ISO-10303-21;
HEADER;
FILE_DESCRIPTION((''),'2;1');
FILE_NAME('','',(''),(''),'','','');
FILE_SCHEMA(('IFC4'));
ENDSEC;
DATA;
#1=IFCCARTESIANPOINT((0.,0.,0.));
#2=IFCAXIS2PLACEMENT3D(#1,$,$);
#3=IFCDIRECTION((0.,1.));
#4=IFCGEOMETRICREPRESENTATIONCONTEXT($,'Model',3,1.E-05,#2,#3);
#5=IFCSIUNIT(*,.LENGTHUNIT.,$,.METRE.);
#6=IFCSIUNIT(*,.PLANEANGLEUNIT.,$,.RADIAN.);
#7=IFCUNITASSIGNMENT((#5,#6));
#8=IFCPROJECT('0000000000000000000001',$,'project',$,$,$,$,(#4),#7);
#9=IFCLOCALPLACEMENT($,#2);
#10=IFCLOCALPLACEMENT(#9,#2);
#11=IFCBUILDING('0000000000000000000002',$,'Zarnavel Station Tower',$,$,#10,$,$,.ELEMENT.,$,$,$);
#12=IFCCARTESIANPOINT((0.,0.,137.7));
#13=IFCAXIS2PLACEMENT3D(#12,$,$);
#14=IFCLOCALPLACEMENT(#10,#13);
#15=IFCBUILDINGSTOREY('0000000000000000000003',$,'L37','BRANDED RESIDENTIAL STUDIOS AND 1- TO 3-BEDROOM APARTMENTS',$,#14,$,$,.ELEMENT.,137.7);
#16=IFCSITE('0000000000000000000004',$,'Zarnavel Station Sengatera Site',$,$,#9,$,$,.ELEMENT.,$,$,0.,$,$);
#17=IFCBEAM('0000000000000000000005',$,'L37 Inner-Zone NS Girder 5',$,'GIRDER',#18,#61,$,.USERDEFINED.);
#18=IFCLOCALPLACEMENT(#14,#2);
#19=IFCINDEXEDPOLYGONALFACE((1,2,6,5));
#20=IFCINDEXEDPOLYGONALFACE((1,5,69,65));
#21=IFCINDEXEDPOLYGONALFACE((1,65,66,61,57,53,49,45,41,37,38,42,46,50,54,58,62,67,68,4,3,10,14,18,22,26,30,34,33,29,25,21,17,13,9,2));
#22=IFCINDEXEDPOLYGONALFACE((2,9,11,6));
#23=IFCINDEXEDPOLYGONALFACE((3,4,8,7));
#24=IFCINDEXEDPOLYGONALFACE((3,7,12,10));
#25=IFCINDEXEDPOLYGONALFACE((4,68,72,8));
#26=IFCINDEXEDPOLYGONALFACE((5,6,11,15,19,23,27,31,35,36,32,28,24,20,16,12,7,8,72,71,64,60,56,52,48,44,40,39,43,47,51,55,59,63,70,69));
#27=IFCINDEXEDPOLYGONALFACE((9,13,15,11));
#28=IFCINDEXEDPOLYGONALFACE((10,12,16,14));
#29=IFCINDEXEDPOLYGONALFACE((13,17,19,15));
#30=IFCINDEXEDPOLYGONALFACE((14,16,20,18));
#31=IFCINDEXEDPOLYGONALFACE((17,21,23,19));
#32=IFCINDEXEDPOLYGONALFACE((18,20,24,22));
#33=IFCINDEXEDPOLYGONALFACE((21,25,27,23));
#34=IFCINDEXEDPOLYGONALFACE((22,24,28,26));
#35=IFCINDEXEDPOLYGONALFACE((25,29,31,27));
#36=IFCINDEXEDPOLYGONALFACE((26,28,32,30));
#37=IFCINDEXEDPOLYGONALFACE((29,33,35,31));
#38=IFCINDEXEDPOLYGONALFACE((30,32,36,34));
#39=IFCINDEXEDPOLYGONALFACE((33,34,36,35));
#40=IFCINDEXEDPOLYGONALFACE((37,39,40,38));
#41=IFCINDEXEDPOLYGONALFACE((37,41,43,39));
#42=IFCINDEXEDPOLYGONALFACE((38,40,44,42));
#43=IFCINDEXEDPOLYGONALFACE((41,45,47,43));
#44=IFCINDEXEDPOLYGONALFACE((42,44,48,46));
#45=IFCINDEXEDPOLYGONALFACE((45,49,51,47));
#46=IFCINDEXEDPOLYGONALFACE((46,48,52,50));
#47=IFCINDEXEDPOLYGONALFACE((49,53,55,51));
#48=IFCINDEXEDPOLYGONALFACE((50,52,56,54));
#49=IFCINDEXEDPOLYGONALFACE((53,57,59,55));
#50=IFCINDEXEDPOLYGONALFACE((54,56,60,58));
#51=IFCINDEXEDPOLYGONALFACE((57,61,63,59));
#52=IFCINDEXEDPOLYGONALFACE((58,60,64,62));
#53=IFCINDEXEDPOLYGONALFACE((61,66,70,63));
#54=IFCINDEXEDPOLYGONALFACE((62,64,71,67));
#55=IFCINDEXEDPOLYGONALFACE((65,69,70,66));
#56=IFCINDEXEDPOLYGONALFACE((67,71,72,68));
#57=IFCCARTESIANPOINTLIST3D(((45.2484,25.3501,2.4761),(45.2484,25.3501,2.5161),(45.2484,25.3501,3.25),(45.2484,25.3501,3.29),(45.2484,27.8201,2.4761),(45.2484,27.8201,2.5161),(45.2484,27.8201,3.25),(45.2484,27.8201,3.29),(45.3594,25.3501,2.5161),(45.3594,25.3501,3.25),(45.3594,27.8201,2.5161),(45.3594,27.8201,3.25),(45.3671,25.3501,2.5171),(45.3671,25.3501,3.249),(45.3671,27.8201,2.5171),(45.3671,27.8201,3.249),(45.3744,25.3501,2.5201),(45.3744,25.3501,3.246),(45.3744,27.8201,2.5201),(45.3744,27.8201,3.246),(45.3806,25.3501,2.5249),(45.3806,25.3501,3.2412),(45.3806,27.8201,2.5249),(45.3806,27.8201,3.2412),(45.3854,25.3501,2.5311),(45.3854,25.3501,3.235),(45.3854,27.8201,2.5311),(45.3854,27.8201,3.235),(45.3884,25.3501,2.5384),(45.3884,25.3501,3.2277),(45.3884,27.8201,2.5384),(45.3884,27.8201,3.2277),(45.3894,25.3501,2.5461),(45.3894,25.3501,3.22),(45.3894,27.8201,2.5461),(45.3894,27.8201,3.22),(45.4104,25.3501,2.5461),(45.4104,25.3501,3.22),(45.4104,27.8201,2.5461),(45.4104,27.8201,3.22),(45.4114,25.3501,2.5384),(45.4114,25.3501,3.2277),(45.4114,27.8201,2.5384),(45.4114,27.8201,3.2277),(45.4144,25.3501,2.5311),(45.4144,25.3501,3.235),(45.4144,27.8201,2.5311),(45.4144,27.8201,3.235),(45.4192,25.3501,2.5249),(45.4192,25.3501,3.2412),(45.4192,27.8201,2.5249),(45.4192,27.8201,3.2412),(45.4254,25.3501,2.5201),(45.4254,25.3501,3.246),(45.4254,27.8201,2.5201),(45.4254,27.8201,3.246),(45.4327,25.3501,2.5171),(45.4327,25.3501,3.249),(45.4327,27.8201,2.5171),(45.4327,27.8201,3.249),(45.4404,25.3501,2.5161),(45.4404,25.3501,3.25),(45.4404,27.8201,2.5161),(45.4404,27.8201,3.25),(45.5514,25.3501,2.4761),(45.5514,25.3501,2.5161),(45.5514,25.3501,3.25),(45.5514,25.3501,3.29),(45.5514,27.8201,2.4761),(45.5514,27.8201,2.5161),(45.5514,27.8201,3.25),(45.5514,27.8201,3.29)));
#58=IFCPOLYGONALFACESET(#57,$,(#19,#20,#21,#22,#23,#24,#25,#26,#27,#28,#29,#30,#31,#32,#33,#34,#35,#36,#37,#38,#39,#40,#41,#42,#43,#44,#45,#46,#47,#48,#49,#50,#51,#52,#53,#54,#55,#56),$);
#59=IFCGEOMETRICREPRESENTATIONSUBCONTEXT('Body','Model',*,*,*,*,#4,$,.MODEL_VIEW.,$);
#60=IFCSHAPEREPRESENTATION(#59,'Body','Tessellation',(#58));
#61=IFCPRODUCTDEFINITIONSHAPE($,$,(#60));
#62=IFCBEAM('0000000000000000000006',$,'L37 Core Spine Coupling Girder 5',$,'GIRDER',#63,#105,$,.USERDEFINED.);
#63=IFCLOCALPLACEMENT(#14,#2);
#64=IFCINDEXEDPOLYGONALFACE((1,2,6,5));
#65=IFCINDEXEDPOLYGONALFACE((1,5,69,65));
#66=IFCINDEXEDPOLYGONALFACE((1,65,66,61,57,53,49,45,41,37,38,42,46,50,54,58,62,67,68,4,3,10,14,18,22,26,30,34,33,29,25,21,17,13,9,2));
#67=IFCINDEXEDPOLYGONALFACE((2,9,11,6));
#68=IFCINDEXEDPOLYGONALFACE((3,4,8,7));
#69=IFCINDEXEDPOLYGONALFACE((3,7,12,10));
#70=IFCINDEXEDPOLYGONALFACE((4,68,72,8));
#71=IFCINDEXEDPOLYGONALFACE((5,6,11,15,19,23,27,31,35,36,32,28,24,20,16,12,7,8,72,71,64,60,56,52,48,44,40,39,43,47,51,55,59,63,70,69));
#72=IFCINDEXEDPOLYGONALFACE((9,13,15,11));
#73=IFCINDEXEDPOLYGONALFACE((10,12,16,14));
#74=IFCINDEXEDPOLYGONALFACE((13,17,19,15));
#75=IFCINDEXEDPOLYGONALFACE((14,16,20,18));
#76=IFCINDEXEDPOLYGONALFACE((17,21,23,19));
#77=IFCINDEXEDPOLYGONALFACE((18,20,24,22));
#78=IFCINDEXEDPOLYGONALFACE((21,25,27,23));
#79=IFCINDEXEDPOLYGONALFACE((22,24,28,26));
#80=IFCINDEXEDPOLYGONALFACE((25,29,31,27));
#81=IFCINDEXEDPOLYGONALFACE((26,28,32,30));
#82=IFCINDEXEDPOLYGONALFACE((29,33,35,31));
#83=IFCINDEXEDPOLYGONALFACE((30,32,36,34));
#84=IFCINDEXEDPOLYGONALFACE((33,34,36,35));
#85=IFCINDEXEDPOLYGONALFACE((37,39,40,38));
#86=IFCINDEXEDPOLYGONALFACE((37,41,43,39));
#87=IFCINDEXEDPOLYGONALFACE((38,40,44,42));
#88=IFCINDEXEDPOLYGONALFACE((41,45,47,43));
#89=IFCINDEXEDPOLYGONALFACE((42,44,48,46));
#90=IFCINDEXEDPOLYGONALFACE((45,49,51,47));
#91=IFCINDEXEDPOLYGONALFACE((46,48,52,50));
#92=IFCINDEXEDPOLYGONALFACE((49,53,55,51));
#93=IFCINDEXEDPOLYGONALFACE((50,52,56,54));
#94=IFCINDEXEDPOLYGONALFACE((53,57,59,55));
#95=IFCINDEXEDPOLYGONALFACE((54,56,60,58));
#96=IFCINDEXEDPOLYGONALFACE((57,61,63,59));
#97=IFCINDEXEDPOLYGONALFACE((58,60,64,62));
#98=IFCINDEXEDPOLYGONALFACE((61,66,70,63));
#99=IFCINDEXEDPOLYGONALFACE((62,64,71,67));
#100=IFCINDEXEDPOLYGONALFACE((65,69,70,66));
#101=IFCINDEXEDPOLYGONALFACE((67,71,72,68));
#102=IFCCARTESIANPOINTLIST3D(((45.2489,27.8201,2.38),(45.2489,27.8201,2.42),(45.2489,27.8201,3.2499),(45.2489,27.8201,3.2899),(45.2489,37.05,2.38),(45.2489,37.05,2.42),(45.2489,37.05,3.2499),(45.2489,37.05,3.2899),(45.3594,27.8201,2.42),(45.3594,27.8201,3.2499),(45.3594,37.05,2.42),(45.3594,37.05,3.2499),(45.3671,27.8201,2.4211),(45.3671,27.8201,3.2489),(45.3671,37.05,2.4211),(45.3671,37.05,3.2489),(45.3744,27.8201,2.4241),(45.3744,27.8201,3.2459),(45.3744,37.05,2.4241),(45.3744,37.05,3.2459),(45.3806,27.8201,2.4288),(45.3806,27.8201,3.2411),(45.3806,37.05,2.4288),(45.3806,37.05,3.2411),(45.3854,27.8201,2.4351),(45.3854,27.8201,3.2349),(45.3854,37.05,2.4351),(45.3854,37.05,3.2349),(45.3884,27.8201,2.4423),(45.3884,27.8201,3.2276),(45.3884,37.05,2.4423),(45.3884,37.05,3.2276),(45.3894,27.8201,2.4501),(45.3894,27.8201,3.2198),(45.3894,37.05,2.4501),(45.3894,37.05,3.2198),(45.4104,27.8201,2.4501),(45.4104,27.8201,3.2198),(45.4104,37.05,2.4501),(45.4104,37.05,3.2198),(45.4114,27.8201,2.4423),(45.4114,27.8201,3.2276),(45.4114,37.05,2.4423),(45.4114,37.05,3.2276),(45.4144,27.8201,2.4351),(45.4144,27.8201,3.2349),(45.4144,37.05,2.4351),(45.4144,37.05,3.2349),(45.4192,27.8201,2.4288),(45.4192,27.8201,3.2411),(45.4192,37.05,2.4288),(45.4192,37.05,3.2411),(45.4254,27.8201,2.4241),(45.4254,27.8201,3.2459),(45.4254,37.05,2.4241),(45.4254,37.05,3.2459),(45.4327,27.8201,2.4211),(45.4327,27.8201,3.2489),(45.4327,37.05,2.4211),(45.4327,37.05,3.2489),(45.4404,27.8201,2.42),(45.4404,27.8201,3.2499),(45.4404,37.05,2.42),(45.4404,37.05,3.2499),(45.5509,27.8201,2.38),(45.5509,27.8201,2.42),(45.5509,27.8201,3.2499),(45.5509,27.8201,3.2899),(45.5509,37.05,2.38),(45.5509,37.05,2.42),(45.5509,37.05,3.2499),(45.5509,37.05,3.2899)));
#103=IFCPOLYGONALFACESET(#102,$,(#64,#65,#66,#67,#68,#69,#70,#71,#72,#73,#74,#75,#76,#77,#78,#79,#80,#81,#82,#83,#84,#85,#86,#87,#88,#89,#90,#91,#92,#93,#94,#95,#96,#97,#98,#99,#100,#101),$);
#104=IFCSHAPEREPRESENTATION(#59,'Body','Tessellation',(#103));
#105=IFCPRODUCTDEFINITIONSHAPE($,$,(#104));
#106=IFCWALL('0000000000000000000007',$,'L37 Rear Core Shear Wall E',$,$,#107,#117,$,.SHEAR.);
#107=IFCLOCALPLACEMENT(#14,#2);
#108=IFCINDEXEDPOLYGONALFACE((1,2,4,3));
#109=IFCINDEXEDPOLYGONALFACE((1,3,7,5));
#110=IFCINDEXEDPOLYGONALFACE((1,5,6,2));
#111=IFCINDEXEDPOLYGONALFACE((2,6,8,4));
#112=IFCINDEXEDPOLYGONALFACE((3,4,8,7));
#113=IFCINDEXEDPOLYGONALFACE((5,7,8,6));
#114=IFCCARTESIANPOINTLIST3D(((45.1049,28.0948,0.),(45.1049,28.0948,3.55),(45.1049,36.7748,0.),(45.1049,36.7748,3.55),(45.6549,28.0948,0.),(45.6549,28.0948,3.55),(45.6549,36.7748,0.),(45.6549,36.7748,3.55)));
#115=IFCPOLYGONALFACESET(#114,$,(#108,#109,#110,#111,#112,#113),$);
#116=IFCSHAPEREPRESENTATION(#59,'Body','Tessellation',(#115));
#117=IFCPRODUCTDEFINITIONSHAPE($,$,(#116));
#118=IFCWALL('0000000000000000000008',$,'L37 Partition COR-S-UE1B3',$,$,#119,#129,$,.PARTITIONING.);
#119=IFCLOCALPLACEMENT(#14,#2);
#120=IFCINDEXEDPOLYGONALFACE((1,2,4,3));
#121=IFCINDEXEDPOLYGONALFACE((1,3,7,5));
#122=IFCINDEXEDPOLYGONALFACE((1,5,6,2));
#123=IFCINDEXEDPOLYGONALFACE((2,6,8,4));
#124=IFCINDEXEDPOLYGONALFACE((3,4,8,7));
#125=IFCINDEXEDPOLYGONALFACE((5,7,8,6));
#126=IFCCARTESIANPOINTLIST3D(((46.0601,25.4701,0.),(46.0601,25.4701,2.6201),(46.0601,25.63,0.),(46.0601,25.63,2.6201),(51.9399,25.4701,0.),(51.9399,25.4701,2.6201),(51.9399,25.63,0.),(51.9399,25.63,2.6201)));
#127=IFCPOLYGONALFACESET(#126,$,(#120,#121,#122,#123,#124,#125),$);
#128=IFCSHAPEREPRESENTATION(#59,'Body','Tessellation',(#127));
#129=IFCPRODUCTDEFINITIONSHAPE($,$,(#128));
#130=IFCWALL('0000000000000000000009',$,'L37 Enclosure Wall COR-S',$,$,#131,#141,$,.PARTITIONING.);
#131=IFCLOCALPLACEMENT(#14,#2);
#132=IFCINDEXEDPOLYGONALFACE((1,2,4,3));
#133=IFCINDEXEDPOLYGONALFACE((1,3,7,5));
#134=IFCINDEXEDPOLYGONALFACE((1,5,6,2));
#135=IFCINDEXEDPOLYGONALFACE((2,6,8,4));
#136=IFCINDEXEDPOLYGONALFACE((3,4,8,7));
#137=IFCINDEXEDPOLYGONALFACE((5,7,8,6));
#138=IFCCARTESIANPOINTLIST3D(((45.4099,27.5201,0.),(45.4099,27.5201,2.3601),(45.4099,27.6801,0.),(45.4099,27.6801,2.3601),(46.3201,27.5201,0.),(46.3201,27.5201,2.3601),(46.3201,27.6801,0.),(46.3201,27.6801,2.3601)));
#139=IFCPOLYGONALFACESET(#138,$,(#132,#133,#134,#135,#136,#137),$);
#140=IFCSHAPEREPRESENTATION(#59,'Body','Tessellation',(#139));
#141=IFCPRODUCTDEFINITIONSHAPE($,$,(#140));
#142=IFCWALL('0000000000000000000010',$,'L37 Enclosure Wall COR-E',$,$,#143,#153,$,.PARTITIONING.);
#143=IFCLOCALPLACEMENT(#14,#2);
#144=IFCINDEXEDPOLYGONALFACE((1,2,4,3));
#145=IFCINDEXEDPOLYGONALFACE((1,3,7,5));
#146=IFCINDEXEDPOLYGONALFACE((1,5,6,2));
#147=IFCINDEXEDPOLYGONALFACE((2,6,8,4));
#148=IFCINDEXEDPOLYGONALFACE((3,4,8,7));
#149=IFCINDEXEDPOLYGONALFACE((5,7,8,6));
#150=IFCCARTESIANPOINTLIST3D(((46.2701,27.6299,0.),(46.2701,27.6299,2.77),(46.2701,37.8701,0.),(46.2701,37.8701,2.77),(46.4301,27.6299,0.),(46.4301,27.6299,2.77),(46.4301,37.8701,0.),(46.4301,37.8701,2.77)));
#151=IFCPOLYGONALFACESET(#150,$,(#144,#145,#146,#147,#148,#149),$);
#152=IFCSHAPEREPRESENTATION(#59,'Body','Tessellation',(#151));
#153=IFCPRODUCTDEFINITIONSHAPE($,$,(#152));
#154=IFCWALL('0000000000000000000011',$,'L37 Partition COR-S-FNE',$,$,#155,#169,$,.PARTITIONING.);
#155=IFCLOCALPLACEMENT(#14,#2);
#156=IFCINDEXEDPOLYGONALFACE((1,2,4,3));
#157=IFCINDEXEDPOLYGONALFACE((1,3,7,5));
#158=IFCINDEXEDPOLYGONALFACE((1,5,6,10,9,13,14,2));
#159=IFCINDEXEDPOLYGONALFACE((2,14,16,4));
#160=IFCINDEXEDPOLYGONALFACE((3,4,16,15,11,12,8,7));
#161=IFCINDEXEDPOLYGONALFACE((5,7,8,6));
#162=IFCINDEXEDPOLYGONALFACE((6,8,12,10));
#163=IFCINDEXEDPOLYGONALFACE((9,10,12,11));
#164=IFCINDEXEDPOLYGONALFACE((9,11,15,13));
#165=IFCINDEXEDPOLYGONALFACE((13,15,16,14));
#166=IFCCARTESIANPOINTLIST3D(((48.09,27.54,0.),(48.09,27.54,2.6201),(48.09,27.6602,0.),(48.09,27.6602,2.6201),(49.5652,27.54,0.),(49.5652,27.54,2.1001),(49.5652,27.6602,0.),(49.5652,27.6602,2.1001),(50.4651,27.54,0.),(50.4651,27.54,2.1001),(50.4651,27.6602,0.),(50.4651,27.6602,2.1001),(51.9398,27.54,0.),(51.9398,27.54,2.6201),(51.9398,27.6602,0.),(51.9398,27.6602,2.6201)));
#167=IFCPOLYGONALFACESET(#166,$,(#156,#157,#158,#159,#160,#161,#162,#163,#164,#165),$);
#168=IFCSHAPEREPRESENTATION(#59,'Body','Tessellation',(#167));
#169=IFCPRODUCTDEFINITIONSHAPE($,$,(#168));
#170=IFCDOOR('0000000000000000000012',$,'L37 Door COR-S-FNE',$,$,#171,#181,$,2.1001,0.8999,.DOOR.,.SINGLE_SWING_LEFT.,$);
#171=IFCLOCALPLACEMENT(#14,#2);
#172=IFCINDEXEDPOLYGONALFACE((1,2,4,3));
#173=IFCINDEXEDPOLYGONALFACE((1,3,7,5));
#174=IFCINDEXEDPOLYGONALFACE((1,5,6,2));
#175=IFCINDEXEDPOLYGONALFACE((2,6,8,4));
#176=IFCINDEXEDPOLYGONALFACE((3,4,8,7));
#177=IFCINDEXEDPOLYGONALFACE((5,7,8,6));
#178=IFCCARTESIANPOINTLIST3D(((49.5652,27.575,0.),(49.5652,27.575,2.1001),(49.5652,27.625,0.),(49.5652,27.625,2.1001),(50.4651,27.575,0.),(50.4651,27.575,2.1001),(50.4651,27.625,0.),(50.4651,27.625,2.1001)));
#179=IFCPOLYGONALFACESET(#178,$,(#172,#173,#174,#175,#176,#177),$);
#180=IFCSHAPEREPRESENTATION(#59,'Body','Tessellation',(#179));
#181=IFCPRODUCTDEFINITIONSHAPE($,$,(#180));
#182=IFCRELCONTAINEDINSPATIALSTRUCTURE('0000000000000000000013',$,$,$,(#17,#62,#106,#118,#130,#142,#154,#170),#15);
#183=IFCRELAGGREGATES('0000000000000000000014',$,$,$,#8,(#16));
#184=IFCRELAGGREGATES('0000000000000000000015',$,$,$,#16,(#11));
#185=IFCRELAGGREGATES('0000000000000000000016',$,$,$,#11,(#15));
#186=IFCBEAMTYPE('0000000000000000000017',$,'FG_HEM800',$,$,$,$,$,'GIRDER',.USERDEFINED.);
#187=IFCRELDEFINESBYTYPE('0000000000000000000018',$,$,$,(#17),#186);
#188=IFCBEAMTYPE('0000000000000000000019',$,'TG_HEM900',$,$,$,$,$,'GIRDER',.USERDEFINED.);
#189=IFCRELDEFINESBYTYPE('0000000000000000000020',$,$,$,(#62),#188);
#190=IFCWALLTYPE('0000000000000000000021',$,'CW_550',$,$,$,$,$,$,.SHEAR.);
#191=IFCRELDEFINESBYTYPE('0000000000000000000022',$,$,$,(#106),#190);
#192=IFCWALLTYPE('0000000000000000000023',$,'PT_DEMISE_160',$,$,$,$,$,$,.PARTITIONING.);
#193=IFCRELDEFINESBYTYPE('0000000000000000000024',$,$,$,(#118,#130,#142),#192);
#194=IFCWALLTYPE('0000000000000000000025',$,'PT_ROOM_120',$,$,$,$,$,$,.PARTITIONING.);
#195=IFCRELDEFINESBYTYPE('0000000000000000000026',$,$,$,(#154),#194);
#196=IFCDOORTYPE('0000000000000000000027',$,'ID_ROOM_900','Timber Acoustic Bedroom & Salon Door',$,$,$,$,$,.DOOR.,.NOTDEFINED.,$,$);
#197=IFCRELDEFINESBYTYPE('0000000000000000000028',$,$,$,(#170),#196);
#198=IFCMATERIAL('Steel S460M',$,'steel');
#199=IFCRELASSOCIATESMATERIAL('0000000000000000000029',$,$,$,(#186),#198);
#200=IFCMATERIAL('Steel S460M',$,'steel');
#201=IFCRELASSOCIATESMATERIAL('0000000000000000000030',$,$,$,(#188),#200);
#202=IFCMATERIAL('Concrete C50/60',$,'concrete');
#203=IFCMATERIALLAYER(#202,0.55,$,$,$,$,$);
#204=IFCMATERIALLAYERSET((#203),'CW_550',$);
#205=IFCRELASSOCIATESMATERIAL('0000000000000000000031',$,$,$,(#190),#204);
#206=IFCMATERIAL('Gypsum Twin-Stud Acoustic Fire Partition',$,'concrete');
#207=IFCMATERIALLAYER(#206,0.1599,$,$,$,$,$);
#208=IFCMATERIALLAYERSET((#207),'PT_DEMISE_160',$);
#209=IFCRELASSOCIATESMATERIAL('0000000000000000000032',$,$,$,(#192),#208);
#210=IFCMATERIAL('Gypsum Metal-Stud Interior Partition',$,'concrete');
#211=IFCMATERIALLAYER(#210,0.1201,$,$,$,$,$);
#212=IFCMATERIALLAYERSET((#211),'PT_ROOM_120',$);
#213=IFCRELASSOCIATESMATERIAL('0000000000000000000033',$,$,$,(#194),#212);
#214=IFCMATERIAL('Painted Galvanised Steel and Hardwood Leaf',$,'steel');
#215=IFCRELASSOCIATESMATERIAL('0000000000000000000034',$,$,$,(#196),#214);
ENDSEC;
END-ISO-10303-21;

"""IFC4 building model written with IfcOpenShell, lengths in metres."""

from ifc_helpers import new_model, si_unit, direction, frame, frame_2d, origin, origin_2d, place, context, subcontext, project, spatial, rectangle, i_section, extrude, material, layer, layer_set, material_profile, profile_set, type_object, element, fill, save


model = new_model("IFC4")

# Units and contexts
model_context = context("Model", 3, precision=1e-05, world=origin(), true_north=direction((0.0, 1.0)))
body_context = subcontext(model_context, "Body", "Model", "MODEL_VIEW")
ifc_project = project(units=[si_unit("LENGTHUNIT", "METRE"), si_unit("PLANEANGLEUNIT", "RADIAN")], contexts=[model_context])

# Site, building, storey
site_placement = place(None, origin())
site = spatial("IfcSite", under=ifc_project, at=site_placement, Name="Zarnavel Station Sengatera Site", CompositionType="ELEMENT", RefElevation=0.0)
building_placement = place(site_placement, origin())
building = spatial("IfcBuilding", under=site, at=building_placement, Name="Zarnavel Station Tower", CompositionType="ELEMENT")
storey_placement = place(building_placement, frame((0.0, 0.0, 137.7)))
storey = spatial("IfcBuildingStorey", under=building, at=storey_placement, Name="L37", Description="BRANDED RESIDENTIAL STUDIOS AND 1- TO 3-BEDROOM APARTMENTS", CompositionType="ELEMENT", Elevation=137.7)

# Beams
ifc_material_1 = material(Name="Steel S460M", Category="steel")
ifc_material_profile_1 = material_profile(ifc_material_1, i_section(OverallWidth=0.303, OverallDepth=0.814, WebThickness=0.021, FlangeThickness=0.04, FilletRadius=0.03, at=origin_2d()), Name="HEM800")
ifc_profile_set_1 = profile_set([ifc_material_profile_1], Name="Steel S460M")
beam_type_1 = type_object("IfcBeamType", Name="FG_HEM800", ElementType="GIRDER", PredefinedType="USERDEFINED", material=ifc_profile_set_1)
beam_1_placement = place(storey_placement, frame((45.3999, 25.3501, 2.8831), z_axis=(0.0, 1.0, 0.0), x_axis=(-1.0, 0.0, 0.0)))
element("IfcBeam", 1, at=beam_1_placement, inside=storey, type_object=beam_type_1, Name="L37 Inner-Zone NS Girder 5", ObjectType="GIRDER", PredefinedType="USERDEFINED", context=body_context, shape_type="SweptSolid", body=[
    extrude(i_section(OverallWidth=0.303, OverallDepth=0.814, WebThickness=0.021, FlangeThickness=0.04, FilletRadius=0.03, at=origin_2d()), origin(), (0.0, 0.0, 1.0), 2.47),
])
ifc_material_2 = material(Name="Steel S460M", Category="steel")
ifc_material_profile_2 = material_profile(ifc_material_2, i_section(OverallWidth=0.302, OverallDepth=0.9099, WebThickness=0.021, FlangeThickness=0.04, FilletRadius=0.03, at=origin_2d()), Name="HEM900")
ifc_profile_set_2 = profile_set([ifc_material_profile_2], Name="Steel S460M")
beam_type_2 = type_object("IfcBeamType", Name="TG_HEM900", ElementType="GIRDER", PredefinedType="USERDEFINED", material=ifc_profile_set_2)
beam_2_placement = place(storey_placement, frame((45.3999, 27.8201, 2.835), z_axis=(0.0, 1.0, 0.0), x_axis=(-1.0, 0.0, 0.0)))
element("IfcBeam", 2, at=beam_2_placement, inside=storey, type_object=beam_type_2, Name="L37 Core Spine Coupling Girder 5", ObjectType="GIRDER", PredefinedType="USERDEFINED", context=body_context, shape_type="SweptSolid", body=[
    extrude(i_section(OverallWidth=0.302, OverallDepth=0.9099, WebThickness=0.021, FlangeThickness=0.04, FilletRadius=0.03, at=origin_2d()), origin(), (0.0, 0.0, 1.0), 9.23),
])

# Shared definitions
ifc_material_3 = material(Name="Concrete C50/60", Category="concrete")
ifc_layer_1 = layer(ifc_material_3, 0.55)
ifc_layer_set_1 = layer_set([ifc_layer_1], Name="CW_550")
wall_type_1 = type_object("IfcWallType", Name="CW_550", PredefinedType="SHEAR", material=ifc_layer_set_1)

# Wall
wall_1_placement = place(storey_placement, frame((45.3799, 28.095, 0.0), z_axis=(0.0, 0.0, 1.0), x_axis=(0.0, 1.0, 0.0)))
element("IfcWall", 3, at=wall_1_placement, inside=storey, type_object=wall_type_1, Name="L37 Rear Core Shear Wall E", PredefinedType="SHEAR", context=body_context, shape_type="SweptSolid", body=[
    extrude(rectangle(XDim=8.6799, YDim=0.55, at=frame_2d((4.3398, 0.0))), origin(), (0.0, 0.0, 1.0), 3.55),
])

# Shared definitions
ifc_material_4 = material(Name="Gypsum Twin-Stud Acoustic Fire Partition", Category="concrete")
ifc_layer_2 = layer(ifc_material_4, 0.1599)
ifc_layer_set_2 = layer_set([ifc_layer_2], Name="PT_DEMISE_160")
wall_type_2 = type_object("IfcWallType", Name="PT_DEMISE_160", PredefinedType="PARTITIONING", material=ifc_layer_set_2)

# Walls
wall_2_placement = place(storey_placement, frame((46.0601, 25.55, 0.0), z_axis=(0.0, 0.0, 1.0), x_axis=(1.0, 0.0, 0.0)))
element("IfcWall", 4, at=wall_2_placement, inside=storey, type_object=wall_type_2, Name="L37 Partition COR-S-UE1B3", PredefinedType="PARTITIONING", context=body_context, shape_type="SweptSolid", body=[
    extrude(rectangle(XDim=5.8799, YDim=0.1599, at=frame_2d((2.9399, 0.0))), origin(), (0.0, 0.0, 1.0), 2.6201),
])
wall_3_placement = place(storey_placement, frame((45.4099, 27.6001, 0.0), z_axis=(0.0, 0.0, 1.0), x_axis=(1.0, 0.0, 0.0)))
element("IfcWall", 5, at=wall_3_placement, inside=storey, type_object=wall_type_2, Name="L37 Enclosure Wall COR-S", PredefinedType="PARTITIONING", context=body_context, shape_type="SweptSolid", body=[
    extrude(rectangle(XDim=0.9102, YDim=0.1599, at=frame_2d((0.4551, 0.0))), origin(), (0.0, 0.0, 1.0), 2.3601),
])
wall_4_placement = place(storey_placement, frame((46.3501, 27.6299, 0.0), z_axis=(0.0, 0.0, 1.0), x_axis=(0.0, 1.0, 0.0)))
element("IfcWall", 6, at=wall_4_placement, inside=storey, type_object=wall_type_2, Name="L37 Enclosure Wall COR-E", PredefinedType="PARTITIONING", context=body_context, shape_type="SweptSolid", body=[
    extrude(rectangle(XDim=10.2402, YDim=0.1599, at=frame_2d((5.1201, 0.0))), origin(), (0.0, 0.0, 1.0), 2.77),
])

# Wall, opening, door
ifc_material_5 = material(Name="Gypsum Metal-Stud Interior Partition", Category="concrete")
ifc_layer_3 = layer(ifc_material_5, 0.1201)
ifc_layer_set_3 = layer_set([ifc_layer_3], Name="PT_ROOM_120")
wall_type_3 = type_object("IfcWallType", Name="PT_ROOM_120", PredefinedType="PARTITIONING", material=ifc_layer_set_3)
wall_5_placement = place(storey_placement, frame((48.0901, 27.6001, 0.0), z_axis=(0.0, 0.0, 1.0), x_axis=(1.0, 0.0, 0.0)))
wall_5 = element("IfcWall", 7, at=wall_5_placement, inside=storey, type_object=wall_type_3, Name="L37 Partition COR-S-FNE", PredefinedType="PARTITIONING", context=body_context, shape_type="SweptSolid", body=[
    extrude(rectangle(XDim=3.8499, YDim=0.1201, at=frame_2d((1.9248, 0.0))), origin(), (0.0, 0.0, 1.0), 2.6201),
])
opening_1_placement = place(wall_5_placement, frame((1.4751, 0.0, 0.0)))
opening_1 = element("IfcOpeningElement", 8, at=opening_1_placement, cuts=wall_5, PredefinedType="OPENING", context=body_context, shape_type="SweptSolid", body=[
    extrude(rectangle(XDim=0.8999, YDim=2.1001, at=frame_2d((0.45, 1.05))), frame((0.0, 0.0701, 0.0), z_axis=(0.0, -1.0, 0.0), x_axis=(1.0, 0.0, 0.0)), (0.0, 0.0, 1.0), 0.1401),
])
ifc_material_6 = material(Name="Painted Galvanised Steel and Hardwood Leaf", Category="steel")
door_type_1 = type_object("IfcDoorType", Name="ID_ROOM_900", Description="Timber Acoustic Bedroom & Salon Door", OperationType="NOTDEFINED", PredefinedType="DOOR", material=ifc_material_6)
door_1_placement = place(opening_1_placement, origin())
door_1 = element("IfcDoor", 9, at=door_1_placement, inside=storey, type_object=door_type_1, Name="L37 Door COR-S-FNE", OperationType="SINGLE_SWING_LEFT", OverallHeight=2.1001, OverallWidth=0.8999, PredefinedType="DOOR", context=body_context, shape_type="SweptSolid", body=[
    extrude(rectangle(XDim=0.8999, YDim=2.1001, at=frame_2d((0.45, 1.05))), frame((0.0, 0.0249, 0.0), z_axis=(0.0, -1.0, 0.0), x_axis=(1.0, 0.0, 0.0)), (0.0, 0.0, 1.0), 0.05),
])
fill(opening_1, door_1)

save(model, "model.ifc")
